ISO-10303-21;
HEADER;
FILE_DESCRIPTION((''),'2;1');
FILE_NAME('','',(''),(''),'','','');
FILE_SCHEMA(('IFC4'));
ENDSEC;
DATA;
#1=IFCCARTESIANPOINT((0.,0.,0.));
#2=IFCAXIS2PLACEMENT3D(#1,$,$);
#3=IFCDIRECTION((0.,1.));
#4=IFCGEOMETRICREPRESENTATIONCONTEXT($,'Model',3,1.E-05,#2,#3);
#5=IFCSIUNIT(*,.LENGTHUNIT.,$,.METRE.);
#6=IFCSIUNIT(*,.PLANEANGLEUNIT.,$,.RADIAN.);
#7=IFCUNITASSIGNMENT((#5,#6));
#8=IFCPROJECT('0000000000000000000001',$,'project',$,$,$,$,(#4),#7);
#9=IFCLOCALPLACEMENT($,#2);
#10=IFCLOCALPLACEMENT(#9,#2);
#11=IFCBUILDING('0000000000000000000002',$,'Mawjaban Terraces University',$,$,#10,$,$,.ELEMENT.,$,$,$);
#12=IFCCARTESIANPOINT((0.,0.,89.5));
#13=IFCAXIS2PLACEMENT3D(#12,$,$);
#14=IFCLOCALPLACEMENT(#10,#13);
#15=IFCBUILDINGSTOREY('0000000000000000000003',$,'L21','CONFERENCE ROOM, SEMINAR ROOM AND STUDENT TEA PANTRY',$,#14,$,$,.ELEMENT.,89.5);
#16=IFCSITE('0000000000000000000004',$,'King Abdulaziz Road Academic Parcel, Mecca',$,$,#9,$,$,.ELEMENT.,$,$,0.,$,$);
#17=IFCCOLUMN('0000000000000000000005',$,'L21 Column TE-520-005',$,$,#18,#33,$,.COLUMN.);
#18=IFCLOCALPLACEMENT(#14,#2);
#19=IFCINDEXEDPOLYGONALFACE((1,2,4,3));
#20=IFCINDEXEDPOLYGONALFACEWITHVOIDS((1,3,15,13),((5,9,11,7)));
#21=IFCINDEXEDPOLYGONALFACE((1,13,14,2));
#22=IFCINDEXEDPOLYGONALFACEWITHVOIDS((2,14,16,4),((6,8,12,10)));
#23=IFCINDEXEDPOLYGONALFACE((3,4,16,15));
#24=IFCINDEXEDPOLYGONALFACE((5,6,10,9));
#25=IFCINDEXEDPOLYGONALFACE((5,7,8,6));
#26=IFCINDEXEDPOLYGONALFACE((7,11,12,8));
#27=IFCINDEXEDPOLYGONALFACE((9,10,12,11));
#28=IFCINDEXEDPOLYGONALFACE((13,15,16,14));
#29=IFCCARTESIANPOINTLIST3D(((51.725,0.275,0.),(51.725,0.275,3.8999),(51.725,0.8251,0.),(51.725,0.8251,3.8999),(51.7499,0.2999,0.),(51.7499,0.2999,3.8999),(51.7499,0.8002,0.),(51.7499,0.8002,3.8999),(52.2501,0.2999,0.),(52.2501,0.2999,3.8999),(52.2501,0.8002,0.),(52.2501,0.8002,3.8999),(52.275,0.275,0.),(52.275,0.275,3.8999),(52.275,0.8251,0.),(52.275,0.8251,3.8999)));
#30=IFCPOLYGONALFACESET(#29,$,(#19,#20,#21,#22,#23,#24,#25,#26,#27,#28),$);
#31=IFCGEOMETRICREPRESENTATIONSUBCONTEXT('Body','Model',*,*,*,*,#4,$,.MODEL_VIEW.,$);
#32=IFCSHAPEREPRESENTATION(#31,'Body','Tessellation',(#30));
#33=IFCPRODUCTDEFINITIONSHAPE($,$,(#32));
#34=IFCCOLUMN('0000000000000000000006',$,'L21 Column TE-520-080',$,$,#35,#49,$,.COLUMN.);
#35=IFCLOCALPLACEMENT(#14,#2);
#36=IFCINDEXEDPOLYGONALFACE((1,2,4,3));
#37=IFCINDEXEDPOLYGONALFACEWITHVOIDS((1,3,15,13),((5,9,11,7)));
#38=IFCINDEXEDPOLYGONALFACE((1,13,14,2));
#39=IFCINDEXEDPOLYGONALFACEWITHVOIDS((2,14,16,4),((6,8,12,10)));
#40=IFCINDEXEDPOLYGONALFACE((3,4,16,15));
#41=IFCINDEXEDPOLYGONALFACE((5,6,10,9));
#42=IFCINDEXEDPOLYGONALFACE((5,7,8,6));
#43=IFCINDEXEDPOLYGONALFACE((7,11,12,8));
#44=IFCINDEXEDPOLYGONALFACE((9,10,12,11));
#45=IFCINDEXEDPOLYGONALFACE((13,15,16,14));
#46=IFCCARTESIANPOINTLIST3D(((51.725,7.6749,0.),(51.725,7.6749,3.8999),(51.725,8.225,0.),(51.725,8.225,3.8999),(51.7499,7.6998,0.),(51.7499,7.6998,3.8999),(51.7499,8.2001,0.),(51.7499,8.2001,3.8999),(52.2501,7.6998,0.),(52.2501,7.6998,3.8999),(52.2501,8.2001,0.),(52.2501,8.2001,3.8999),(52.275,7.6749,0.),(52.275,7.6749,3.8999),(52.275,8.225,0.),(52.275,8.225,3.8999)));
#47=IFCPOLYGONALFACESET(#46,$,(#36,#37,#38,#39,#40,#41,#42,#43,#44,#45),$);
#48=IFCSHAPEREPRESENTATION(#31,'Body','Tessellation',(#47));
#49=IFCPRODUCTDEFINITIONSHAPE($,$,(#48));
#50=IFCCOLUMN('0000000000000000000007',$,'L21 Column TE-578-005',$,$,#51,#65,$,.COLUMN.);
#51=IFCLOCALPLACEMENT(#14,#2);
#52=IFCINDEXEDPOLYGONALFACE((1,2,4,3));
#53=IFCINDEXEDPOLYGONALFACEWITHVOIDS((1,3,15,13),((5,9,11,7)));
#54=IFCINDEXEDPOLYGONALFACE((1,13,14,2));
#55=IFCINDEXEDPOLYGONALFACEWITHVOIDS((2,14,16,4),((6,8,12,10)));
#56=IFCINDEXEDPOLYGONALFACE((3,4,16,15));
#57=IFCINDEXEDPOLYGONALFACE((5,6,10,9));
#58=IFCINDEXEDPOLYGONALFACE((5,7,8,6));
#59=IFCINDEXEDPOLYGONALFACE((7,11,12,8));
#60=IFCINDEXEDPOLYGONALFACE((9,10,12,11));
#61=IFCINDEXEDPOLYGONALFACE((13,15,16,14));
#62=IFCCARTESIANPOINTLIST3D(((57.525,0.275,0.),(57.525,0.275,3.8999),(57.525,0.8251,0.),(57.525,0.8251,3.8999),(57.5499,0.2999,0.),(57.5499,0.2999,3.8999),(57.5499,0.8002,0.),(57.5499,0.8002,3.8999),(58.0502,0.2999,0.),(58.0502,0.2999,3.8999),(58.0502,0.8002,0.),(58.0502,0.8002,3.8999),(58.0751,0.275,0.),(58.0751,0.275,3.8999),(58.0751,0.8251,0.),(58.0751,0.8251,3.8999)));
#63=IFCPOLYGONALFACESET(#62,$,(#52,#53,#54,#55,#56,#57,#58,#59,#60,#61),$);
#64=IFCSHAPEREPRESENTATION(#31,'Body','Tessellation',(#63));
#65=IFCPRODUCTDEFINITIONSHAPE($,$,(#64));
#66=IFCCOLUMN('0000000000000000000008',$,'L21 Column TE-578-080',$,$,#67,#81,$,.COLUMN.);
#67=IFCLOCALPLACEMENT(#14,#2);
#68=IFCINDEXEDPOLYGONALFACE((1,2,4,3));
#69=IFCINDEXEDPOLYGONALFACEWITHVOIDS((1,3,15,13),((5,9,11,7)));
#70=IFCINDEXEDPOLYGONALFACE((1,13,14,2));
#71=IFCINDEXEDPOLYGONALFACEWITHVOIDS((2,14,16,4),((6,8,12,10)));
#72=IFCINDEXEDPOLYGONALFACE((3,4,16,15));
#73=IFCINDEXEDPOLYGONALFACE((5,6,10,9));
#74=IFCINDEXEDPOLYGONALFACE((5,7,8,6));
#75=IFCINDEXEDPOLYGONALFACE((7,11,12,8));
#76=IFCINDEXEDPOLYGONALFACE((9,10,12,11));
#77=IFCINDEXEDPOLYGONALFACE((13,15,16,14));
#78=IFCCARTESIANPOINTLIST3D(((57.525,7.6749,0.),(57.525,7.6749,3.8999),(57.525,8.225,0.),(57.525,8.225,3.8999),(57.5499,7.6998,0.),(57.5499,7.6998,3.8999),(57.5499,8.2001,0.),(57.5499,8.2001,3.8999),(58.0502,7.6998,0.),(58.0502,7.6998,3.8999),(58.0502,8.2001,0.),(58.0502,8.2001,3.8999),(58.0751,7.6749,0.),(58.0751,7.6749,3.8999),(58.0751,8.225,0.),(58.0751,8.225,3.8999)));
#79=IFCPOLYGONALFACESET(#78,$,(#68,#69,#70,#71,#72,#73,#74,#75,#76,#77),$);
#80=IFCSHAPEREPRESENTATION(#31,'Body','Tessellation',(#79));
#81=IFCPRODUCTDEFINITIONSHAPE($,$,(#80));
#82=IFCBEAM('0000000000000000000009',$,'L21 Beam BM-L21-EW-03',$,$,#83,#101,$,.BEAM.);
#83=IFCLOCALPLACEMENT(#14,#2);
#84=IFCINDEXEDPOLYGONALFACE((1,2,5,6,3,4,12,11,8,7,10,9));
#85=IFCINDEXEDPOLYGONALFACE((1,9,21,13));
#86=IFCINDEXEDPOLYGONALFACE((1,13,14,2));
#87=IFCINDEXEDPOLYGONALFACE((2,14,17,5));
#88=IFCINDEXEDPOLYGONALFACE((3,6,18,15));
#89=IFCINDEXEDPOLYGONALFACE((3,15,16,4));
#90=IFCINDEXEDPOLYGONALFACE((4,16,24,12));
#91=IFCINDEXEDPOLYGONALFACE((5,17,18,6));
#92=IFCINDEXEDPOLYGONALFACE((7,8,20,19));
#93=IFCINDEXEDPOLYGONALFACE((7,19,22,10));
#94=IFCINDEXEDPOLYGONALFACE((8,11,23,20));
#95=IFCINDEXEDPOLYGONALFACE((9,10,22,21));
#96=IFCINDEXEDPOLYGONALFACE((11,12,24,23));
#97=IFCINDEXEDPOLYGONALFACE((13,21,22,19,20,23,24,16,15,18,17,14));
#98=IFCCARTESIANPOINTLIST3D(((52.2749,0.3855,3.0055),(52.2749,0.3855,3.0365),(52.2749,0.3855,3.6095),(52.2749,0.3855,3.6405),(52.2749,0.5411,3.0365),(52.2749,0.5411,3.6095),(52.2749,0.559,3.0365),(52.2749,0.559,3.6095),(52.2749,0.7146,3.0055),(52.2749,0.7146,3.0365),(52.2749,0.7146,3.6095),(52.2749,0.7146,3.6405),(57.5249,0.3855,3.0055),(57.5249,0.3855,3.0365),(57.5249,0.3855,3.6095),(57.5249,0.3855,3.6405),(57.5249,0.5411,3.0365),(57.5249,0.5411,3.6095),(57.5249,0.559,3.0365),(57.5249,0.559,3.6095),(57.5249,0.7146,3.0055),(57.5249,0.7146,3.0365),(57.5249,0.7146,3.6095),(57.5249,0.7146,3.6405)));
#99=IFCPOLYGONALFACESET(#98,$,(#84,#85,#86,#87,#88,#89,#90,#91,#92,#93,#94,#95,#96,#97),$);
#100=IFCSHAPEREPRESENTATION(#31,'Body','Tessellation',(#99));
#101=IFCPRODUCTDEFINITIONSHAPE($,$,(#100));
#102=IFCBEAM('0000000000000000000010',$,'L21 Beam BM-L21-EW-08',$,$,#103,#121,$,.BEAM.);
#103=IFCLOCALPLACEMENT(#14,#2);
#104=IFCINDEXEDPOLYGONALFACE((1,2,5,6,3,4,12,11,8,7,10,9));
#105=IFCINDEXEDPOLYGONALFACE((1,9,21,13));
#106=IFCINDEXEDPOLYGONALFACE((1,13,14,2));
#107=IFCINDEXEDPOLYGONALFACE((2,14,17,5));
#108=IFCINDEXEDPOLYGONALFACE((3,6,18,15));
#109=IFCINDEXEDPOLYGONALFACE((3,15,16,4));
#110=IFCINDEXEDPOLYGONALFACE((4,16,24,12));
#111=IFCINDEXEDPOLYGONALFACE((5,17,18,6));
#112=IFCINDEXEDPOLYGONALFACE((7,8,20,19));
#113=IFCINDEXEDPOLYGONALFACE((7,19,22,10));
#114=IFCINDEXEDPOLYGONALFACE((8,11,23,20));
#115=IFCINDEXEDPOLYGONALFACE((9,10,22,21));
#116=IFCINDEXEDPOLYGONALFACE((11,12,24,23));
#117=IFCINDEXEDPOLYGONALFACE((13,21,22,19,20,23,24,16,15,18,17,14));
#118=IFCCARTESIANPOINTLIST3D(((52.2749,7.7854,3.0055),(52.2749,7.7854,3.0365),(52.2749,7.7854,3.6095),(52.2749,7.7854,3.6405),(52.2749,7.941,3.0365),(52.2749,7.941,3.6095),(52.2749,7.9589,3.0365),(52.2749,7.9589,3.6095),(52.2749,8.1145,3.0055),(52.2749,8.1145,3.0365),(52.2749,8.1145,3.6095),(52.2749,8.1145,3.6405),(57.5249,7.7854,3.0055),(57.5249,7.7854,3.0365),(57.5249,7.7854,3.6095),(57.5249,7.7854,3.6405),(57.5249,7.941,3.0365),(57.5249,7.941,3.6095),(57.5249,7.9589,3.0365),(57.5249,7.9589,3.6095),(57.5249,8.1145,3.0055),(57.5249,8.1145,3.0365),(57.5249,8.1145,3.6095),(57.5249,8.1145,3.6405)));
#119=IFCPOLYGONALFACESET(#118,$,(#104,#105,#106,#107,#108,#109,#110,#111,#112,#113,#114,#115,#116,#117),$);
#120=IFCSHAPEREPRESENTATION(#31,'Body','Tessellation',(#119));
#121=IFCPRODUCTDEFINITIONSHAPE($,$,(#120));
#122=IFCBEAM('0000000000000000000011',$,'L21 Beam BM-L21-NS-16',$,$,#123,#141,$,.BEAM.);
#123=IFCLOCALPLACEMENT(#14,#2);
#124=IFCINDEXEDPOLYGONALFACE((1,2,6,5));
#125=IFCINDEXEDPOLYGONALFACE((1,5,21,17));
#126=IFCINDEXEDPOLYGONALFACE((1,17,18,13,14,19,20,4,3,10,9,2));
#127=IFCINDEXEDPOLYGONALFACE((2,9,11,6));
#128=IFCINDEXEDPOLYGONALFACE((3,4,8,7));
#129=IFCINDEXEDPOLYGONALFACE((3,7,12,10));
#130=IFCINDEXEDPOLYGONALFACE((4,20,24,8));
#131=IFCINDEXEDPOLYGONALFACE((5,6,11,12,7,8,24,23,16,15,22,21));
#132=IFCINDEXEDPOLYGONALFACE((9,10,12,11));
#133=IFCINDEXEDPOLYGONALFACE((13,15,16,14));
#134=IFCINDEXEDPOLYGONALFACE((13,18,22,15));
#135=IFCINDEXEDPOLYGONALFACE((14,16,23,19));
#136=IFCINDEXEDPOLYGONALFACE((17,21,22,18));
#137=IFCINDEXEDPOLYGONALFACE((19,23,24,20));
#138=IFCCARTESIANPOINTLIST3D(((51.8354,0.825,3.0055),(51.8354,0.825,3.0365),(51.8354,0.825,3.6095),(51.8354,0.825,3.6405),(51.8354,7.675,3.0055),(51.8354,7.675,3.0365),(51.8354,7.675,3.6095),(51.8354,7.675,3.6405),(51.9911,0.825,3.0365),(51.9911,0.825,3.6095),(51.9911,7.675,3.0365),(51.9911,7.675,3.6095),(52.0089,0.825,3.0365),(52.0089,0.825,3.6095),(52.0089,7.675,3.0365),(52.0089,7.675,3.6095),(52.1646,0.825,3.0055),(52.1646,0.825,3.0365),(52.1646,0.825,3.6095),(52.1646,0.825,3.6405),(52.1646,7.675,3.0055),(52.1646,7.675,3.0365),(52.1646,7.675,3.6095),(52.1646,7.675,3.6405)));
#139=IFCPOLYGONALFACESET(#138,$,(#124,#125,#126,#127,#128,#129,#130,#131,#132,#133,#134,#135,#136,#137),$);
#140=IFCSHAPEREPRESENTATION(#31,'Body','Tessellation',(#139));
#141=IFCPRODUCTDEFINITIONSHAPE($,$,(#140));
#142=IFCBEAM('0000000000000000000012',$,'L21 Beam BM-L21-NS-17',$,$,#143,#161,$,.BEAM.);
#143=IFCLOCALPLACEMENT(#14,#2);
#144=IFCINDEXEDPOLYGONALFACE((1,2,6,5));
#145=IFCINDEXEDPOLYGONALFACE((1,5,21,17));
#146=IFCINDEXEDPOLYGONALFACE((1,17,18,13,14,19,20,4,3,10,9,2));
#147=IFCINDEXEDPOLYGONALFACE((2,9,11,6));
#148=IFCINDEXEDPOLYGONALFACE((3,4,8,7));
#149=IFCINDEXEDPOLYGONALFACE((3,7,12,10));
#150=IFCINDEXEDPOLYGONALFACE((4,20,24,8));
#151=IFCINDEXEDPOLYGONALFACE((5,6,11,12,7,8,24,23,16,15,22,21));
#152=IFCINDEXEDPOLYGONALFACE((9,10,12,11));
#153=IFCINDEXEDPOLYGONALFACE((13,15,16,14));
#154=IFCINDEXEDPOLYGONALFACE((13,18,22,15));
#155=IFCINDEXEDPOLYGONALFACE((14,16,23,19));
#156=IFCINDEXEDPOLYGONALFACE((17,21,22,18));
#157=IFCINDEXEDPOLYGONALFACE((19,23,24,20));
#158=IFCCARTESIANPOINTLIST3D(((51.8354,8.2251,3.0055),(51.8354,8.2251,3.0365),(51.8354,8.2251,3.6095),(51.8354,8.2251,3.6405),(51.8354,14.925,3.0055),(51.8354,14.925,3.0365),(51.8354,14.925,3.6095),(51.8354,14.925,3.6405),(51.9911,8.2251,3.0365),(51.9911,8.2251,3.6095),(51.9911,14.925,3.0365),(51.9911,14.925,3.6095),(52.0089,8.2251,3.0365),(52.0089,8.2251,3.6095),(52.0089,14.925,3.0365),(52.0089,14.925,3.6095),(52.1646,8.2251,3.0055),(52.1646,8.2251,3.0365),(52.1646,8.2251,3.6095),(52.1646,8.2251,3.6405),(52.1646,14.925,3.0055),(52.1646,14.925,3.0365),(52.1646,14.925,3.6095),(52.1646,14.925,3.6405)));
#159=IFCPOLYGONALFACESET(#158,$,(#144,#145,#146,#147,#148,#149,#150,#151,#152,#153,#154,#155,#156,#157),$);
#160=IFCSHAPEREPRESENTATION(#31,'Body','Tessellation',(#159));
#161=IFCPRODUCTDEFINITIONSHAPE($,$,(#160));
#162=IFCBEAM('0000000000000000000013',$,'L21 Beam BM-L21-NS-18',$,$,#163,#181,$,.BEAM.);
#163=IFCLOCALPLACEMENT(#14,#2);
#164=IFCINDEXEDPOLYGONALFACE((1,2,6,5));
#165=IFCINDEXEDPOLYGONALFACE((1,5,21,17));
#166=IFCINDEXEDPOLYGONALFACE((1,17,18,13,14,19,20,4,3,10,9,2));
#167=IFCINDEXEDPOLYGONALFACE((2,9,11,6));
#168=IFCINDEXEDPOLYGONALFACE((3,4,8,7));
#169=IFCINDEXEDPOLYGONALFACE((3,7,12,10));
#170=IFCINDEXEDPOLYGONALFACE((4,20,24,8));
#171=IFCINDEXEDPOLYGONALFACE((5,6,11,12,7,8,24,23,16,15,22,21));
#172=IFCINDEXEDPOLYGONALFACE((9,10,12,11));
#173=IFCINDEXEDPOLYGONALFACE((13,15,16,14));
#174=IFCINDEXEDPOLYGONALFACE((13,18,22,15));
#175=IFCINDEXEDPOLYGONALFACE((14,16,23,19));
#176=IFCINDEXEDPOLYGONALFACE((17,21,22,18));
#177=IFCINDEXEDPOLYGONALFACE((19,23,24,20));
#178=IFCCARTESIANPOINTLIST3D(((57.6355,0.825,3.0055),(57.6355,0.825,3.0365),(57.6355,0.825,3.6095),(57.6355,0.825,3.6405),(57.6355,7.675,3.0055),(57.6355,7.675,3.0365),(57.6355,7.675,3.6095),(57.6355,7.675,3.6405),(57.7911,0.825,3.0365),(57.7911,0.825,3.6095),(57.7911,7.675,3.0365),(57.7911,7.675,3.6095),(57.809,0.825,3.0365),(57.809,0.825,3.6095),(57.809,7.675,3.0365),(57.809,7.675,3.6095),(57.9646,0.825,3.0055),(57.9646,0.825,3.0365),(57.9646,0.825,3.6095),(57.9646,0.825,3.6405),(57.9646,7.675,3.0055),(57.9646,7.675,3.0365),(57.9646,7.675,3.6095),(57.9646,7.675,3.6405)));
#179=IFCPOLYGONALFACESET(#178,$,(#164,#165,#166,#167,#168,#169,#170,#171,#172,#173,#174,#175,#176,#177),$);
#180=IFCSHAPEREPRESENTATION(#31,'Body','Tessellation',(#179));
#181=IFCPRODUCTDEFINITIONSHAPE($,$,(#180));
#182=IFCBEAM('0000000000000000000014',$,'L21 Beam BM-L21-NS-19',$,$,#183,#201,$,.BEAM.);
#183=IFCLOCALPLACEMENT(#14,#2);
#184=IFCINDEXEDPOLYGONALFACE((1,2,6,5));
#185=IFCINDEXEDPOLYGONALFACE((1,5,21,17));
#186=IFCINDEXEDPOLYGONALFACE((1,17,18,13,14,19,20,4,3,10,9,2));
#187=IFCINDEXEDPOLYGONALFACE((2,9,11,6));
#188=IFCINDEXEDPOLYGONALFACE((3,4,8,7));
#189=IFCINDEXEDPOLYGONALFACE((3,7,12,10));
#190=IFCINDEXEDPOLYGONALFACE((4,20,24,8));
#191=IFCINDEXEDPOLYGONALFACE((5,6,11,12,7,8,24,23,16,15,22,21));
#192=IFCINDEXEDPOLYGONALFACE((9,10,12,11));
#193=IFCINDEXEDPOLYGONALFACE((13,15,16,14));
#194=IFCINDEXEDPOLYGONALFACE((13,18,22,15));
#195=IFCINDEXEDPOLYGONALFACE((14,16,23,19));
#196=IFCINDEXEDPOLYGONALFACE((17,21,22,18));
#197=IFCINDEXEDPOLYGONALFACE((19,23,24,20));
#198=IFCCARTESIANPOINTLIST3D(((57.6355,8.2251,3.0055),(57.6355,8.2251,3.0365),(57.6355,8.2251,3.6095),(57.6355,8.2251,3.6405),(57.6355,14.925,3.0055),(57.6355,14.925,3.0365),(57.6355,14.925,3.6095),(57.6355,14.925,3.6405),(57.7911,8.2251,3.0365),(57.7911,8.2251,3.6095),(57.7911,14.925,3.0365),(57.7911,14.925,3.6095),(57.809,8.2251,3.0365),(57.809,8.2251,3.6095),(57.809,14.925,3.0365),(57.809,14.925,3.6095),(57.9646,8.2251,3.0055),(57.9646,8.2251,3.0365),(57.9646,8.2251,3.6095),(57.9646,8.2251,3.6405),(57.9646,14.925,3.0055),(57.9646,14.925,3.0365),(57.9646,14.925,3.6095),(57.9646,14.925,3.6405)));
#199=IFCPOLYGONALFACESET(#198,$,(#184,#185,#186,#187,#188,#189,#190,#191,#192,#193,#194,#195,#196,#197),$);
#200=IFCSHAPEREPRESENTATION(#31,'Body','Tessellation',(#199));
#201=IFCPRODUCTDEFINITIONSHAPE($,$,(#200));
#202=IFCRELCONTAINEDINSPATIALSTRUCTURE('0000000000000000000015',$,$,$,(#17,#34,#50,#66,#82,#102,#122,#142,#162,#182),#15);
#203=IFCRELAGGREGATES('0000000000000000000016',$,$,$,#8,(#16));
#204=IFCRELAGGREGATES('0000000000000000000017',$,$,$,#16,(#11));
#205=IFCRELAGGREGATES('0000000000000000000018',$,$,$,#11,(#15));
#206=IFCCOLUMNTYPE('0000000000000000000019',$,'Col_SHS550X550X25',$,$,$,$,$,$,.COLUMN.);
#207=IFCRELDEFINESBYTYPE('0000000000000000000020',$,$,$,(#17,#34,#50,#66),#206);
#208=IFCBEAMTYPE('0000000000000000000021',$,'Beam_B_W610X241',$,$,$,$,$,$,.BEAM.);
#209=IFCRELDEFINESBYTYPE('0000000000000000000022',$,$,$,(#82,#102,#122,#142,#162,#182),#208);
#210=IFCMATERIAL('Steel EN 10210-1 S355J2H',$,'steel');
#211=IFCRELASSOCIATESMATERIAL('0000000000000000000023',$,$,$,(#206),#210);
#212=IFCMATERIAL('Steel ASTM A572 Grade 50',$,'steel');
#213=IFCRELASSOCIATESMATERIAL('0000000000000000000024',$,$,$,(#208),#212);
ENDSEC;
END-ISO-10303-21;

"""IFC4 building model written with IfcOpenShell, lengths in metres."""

from ifc_helpers import new_model, si_unit, direction, frame, origin, origin_2d, place, context, subcontext, project, spatial, hollow_rectangle, i_section, extrude, material, material_profile, profile_set, type_object, element, save


model = new_model("IFC4")

# Units and contexts
model_context = context("Model", 3, precision=1e-05, world=origin(), true_north=direction((0.0, 1.0)))
body_context = subcontext(model_context, "Body", "Model", "MODEL_VIEW")
ifc_project = project(units=[si_unit("LENGTHUNIT", "METRE"), si_unit("PLANEANGLEUNIT", "RADIAN")], contexts=[model_context])

# Site, building, storey
site_placement = place(None, origin())
site = spatial("IfcSite", under=ifc_project, at=site_placement, Name="King Abdulaziz Road Academic Parcel, Mecca", CompositionType="ELEMENT", RefElevation=0.0)
building_placement = place(site_placement, origin())
building = spatial("IfcBuilding", under=site, at=building_placement, Name="Mawjaban Terraces University", CompositionType="ELEMENT")
storey_placement = place(building_placement, frame((0.0, 0.0, 89.5)))
storey = spatial("IfcBuildingStorey", under=building, at=storey_placement, Name="L21", Description="CONFERENCE ROOM, SEMINAR ROOM AND STUDENT TEA PANTRY", CompositionType="ELEMENT", Elevation=89.5)

# Columns
ifc_material_1 = material(Name="Steel EN 10210-1 S355J2H", Category="steel")
ifc_material_profile_1 = material_profile(ifc_material_1, hollow_rectangle(XDim=0.55, YDim=0.55, WallThickness=0.0249, at=origin_2d()), Name="SHS550X550X25")
ifc_profile_set_1 = profile_set([ifc_material_profile_1], Name="Steel EN 10210-1 S355J2H")
column_type = type_object("IfcColumnType", Name="Col_SHS550X550X25", PredefinedType="COLUMN", material=ifc_profile_set_1)
for number, where, z_axis, x_axis, name in (
    (1, (52.0, 0.55, 0.0), (0.0, 0.0, 1.0), (1.0, 0.0, 0.0), "L21 Column TE-520-005"),
    (2, (52.0, 7.95, 0.0), (0.0, 0.0, 1.0), (1.0, 0.0, 0.0), "L21 Column TE-520-080"),
    (3, (57.8, 0.55, 0.0), (0.0, 0.0, 1.0), (1.0, 0.0, 0.0), "L21 Column TE-578-005"),
    (4, (57.8, 7.95, 0.0), (0.0, 0.0, 1.0), (1.0, 0.0, 0.0), "L21 Column TE-578-080"),
):
    element("IfcColumn", number, at=place(storey_placement, frame(where, z_axis=z_axis, x_axis=x_axis)), inside=storey, type_object=column_type, Name=name, PredefinedType="COLUMN", context=body_context, shape_type="SweptSolid", body=[
        extrude(hollow_rectangle(XDim=0.55, YDim=0.55, WallThickness=0.0249, at=origin_2d()), origin(), (0.0, 0.0, 1.0), 3.8999),
    ])

# Beams
ifc_material_2 = material(Name="Steel ASTM A572 Grade 50", Category="steel")
ifc_material_profile_2 = material_profile(ifc_material_2, i_section(OverallWidth=0.3291, OverallDepth=0.635, WebThickness=0.0178, FlangeThickness=0.031, at=origin_2d()), Name="W610X241")
ifc_profile_set_2 = profile_set([ifc_material_profile_2], Name="Steel ASTM A572 Grade 50")
beam_type_1 = type_object("IfcBeamType", Name="Beam_B_W610X241", PredefinedType="BEAM", material=ifc_profile_set_2)
for number, where, z_axis, x_axis, name in (
    (5, (52.2749, 0.55, 3.323), (1.0, 0.0, 0.0), (0.0, 1.0, 0.0), "L21 Beam BM-L21-EW-03"),
    (6, (52.2749, 7.95, 3.323), (1.0, 0.0, 0.0), (0.0, 1.0, 0.0), "L21 Beam BM-L21-EW-08"),
):
    element("IfcBeam", number, at=place(storey_placement, frame(where, z_axis=z_axis, x_axis=x_axis)), inside=storey, type_object=beam_type_1, Name=name, PredefinedType="BEAM", context=body_context, shape_type="SweptSolid", body=[
        extrude(i_section(OverallWidth=0.3291, OverallDepth=0.635, WebThickness=0.0178, FlangeThickness=0.031, at=origin_2d()), origin(), (0.0, 0.0, 1.0), 5.25),
    ])
beam_1_placement = place(storey_placement, frame((52.0, 0.825, 3.323), z_axis=(0.0, 1.0, 0.0), x_axis=(-1.0, 0.0, 0.0)))
element("IfcBeam", 7, at=beam_1_placement, inside=storey, type_object=beam_type_1, Name="L21 Beam BM-L21-NS-16", PredefinedType="BEAM", context=body_context, shape_type="SweptSolid", body=[
    extrude(i_section(OverallWidth=0.3291, OverallDepth=0.635, WebThickness=0.0178, FlangeThickness=0.031, at=origin_2d()), origin(), (0.0, 0.0, 1.0), 6.8501),
])
beam_2_placement = place(storey_placement, frame((52.0, 8.2251, 3.323), z_axis=(0.0, 1.0, 0.0), x_axis=(-1.0, 0.0, 0.0)))
element("IfcBeam", 8, at=beam_2_placement, inside=storey, type_object=beam_type_1, Name="L21 Beam BM-L21-NS-17", PredefinedType="BEAM", context=body_context, shape_type="SweptSolid", body=[
    extrude(i_section(OverallWidth=0.3291, OverallDepth=0.635, WebThickness=0.0178, FlangeThickness=0.031, at=origin_2d()), origin(), (0.0, 0.0, 1.0), 6.7),
])
beam_3_placement = place(storey_placement, frame((57.8, 0.825, 3.323), z_axis=(0.0, 1.0, 0.0), x_axis=(-1.0, 0.0, 0.0)))
element("IfcBeam", 9, at=beam_3_placement, inside=storey, type_object=beam_type_1, Name="L21 Beam BM-L21-NS-18", PredefinedType="BEAM", context=body_context, shape_type="SweptSolid", body=[
    extrude(i_section(OverallWidth=0.3291, OverallDepth=0.635, WebThickness=0.0178, FlangeThickness=0.031, at=origin_2d()), origin(), (0.0, 0.0, 1.0), 6.8501),
])
beam_4_placement = place(storey_placement, frame((57.8, 8.2251, 3.323), z_axis=(0.0, 1.0, 0.0), x_axis=(-1.0, 0.0, 0.0)))
element("IfcBeam", 10, at=beam_4_placement, inside=storey, type_object=beam_type_1, Name="L21 Beam BM-L21-NS-19", PredefinedType="BEAM", context=body_context, shape_type="SweptSolid", body=[
    extrude(i_section(OverallWidth=0.3291, OverallDepth=0.635, WebThickness=0.0178, FlangeThickness=0.031, at=origin_2d()), origin(), (0.0, 0.0, 1.0), 6.7),
])

save(model, "model.ifc")
